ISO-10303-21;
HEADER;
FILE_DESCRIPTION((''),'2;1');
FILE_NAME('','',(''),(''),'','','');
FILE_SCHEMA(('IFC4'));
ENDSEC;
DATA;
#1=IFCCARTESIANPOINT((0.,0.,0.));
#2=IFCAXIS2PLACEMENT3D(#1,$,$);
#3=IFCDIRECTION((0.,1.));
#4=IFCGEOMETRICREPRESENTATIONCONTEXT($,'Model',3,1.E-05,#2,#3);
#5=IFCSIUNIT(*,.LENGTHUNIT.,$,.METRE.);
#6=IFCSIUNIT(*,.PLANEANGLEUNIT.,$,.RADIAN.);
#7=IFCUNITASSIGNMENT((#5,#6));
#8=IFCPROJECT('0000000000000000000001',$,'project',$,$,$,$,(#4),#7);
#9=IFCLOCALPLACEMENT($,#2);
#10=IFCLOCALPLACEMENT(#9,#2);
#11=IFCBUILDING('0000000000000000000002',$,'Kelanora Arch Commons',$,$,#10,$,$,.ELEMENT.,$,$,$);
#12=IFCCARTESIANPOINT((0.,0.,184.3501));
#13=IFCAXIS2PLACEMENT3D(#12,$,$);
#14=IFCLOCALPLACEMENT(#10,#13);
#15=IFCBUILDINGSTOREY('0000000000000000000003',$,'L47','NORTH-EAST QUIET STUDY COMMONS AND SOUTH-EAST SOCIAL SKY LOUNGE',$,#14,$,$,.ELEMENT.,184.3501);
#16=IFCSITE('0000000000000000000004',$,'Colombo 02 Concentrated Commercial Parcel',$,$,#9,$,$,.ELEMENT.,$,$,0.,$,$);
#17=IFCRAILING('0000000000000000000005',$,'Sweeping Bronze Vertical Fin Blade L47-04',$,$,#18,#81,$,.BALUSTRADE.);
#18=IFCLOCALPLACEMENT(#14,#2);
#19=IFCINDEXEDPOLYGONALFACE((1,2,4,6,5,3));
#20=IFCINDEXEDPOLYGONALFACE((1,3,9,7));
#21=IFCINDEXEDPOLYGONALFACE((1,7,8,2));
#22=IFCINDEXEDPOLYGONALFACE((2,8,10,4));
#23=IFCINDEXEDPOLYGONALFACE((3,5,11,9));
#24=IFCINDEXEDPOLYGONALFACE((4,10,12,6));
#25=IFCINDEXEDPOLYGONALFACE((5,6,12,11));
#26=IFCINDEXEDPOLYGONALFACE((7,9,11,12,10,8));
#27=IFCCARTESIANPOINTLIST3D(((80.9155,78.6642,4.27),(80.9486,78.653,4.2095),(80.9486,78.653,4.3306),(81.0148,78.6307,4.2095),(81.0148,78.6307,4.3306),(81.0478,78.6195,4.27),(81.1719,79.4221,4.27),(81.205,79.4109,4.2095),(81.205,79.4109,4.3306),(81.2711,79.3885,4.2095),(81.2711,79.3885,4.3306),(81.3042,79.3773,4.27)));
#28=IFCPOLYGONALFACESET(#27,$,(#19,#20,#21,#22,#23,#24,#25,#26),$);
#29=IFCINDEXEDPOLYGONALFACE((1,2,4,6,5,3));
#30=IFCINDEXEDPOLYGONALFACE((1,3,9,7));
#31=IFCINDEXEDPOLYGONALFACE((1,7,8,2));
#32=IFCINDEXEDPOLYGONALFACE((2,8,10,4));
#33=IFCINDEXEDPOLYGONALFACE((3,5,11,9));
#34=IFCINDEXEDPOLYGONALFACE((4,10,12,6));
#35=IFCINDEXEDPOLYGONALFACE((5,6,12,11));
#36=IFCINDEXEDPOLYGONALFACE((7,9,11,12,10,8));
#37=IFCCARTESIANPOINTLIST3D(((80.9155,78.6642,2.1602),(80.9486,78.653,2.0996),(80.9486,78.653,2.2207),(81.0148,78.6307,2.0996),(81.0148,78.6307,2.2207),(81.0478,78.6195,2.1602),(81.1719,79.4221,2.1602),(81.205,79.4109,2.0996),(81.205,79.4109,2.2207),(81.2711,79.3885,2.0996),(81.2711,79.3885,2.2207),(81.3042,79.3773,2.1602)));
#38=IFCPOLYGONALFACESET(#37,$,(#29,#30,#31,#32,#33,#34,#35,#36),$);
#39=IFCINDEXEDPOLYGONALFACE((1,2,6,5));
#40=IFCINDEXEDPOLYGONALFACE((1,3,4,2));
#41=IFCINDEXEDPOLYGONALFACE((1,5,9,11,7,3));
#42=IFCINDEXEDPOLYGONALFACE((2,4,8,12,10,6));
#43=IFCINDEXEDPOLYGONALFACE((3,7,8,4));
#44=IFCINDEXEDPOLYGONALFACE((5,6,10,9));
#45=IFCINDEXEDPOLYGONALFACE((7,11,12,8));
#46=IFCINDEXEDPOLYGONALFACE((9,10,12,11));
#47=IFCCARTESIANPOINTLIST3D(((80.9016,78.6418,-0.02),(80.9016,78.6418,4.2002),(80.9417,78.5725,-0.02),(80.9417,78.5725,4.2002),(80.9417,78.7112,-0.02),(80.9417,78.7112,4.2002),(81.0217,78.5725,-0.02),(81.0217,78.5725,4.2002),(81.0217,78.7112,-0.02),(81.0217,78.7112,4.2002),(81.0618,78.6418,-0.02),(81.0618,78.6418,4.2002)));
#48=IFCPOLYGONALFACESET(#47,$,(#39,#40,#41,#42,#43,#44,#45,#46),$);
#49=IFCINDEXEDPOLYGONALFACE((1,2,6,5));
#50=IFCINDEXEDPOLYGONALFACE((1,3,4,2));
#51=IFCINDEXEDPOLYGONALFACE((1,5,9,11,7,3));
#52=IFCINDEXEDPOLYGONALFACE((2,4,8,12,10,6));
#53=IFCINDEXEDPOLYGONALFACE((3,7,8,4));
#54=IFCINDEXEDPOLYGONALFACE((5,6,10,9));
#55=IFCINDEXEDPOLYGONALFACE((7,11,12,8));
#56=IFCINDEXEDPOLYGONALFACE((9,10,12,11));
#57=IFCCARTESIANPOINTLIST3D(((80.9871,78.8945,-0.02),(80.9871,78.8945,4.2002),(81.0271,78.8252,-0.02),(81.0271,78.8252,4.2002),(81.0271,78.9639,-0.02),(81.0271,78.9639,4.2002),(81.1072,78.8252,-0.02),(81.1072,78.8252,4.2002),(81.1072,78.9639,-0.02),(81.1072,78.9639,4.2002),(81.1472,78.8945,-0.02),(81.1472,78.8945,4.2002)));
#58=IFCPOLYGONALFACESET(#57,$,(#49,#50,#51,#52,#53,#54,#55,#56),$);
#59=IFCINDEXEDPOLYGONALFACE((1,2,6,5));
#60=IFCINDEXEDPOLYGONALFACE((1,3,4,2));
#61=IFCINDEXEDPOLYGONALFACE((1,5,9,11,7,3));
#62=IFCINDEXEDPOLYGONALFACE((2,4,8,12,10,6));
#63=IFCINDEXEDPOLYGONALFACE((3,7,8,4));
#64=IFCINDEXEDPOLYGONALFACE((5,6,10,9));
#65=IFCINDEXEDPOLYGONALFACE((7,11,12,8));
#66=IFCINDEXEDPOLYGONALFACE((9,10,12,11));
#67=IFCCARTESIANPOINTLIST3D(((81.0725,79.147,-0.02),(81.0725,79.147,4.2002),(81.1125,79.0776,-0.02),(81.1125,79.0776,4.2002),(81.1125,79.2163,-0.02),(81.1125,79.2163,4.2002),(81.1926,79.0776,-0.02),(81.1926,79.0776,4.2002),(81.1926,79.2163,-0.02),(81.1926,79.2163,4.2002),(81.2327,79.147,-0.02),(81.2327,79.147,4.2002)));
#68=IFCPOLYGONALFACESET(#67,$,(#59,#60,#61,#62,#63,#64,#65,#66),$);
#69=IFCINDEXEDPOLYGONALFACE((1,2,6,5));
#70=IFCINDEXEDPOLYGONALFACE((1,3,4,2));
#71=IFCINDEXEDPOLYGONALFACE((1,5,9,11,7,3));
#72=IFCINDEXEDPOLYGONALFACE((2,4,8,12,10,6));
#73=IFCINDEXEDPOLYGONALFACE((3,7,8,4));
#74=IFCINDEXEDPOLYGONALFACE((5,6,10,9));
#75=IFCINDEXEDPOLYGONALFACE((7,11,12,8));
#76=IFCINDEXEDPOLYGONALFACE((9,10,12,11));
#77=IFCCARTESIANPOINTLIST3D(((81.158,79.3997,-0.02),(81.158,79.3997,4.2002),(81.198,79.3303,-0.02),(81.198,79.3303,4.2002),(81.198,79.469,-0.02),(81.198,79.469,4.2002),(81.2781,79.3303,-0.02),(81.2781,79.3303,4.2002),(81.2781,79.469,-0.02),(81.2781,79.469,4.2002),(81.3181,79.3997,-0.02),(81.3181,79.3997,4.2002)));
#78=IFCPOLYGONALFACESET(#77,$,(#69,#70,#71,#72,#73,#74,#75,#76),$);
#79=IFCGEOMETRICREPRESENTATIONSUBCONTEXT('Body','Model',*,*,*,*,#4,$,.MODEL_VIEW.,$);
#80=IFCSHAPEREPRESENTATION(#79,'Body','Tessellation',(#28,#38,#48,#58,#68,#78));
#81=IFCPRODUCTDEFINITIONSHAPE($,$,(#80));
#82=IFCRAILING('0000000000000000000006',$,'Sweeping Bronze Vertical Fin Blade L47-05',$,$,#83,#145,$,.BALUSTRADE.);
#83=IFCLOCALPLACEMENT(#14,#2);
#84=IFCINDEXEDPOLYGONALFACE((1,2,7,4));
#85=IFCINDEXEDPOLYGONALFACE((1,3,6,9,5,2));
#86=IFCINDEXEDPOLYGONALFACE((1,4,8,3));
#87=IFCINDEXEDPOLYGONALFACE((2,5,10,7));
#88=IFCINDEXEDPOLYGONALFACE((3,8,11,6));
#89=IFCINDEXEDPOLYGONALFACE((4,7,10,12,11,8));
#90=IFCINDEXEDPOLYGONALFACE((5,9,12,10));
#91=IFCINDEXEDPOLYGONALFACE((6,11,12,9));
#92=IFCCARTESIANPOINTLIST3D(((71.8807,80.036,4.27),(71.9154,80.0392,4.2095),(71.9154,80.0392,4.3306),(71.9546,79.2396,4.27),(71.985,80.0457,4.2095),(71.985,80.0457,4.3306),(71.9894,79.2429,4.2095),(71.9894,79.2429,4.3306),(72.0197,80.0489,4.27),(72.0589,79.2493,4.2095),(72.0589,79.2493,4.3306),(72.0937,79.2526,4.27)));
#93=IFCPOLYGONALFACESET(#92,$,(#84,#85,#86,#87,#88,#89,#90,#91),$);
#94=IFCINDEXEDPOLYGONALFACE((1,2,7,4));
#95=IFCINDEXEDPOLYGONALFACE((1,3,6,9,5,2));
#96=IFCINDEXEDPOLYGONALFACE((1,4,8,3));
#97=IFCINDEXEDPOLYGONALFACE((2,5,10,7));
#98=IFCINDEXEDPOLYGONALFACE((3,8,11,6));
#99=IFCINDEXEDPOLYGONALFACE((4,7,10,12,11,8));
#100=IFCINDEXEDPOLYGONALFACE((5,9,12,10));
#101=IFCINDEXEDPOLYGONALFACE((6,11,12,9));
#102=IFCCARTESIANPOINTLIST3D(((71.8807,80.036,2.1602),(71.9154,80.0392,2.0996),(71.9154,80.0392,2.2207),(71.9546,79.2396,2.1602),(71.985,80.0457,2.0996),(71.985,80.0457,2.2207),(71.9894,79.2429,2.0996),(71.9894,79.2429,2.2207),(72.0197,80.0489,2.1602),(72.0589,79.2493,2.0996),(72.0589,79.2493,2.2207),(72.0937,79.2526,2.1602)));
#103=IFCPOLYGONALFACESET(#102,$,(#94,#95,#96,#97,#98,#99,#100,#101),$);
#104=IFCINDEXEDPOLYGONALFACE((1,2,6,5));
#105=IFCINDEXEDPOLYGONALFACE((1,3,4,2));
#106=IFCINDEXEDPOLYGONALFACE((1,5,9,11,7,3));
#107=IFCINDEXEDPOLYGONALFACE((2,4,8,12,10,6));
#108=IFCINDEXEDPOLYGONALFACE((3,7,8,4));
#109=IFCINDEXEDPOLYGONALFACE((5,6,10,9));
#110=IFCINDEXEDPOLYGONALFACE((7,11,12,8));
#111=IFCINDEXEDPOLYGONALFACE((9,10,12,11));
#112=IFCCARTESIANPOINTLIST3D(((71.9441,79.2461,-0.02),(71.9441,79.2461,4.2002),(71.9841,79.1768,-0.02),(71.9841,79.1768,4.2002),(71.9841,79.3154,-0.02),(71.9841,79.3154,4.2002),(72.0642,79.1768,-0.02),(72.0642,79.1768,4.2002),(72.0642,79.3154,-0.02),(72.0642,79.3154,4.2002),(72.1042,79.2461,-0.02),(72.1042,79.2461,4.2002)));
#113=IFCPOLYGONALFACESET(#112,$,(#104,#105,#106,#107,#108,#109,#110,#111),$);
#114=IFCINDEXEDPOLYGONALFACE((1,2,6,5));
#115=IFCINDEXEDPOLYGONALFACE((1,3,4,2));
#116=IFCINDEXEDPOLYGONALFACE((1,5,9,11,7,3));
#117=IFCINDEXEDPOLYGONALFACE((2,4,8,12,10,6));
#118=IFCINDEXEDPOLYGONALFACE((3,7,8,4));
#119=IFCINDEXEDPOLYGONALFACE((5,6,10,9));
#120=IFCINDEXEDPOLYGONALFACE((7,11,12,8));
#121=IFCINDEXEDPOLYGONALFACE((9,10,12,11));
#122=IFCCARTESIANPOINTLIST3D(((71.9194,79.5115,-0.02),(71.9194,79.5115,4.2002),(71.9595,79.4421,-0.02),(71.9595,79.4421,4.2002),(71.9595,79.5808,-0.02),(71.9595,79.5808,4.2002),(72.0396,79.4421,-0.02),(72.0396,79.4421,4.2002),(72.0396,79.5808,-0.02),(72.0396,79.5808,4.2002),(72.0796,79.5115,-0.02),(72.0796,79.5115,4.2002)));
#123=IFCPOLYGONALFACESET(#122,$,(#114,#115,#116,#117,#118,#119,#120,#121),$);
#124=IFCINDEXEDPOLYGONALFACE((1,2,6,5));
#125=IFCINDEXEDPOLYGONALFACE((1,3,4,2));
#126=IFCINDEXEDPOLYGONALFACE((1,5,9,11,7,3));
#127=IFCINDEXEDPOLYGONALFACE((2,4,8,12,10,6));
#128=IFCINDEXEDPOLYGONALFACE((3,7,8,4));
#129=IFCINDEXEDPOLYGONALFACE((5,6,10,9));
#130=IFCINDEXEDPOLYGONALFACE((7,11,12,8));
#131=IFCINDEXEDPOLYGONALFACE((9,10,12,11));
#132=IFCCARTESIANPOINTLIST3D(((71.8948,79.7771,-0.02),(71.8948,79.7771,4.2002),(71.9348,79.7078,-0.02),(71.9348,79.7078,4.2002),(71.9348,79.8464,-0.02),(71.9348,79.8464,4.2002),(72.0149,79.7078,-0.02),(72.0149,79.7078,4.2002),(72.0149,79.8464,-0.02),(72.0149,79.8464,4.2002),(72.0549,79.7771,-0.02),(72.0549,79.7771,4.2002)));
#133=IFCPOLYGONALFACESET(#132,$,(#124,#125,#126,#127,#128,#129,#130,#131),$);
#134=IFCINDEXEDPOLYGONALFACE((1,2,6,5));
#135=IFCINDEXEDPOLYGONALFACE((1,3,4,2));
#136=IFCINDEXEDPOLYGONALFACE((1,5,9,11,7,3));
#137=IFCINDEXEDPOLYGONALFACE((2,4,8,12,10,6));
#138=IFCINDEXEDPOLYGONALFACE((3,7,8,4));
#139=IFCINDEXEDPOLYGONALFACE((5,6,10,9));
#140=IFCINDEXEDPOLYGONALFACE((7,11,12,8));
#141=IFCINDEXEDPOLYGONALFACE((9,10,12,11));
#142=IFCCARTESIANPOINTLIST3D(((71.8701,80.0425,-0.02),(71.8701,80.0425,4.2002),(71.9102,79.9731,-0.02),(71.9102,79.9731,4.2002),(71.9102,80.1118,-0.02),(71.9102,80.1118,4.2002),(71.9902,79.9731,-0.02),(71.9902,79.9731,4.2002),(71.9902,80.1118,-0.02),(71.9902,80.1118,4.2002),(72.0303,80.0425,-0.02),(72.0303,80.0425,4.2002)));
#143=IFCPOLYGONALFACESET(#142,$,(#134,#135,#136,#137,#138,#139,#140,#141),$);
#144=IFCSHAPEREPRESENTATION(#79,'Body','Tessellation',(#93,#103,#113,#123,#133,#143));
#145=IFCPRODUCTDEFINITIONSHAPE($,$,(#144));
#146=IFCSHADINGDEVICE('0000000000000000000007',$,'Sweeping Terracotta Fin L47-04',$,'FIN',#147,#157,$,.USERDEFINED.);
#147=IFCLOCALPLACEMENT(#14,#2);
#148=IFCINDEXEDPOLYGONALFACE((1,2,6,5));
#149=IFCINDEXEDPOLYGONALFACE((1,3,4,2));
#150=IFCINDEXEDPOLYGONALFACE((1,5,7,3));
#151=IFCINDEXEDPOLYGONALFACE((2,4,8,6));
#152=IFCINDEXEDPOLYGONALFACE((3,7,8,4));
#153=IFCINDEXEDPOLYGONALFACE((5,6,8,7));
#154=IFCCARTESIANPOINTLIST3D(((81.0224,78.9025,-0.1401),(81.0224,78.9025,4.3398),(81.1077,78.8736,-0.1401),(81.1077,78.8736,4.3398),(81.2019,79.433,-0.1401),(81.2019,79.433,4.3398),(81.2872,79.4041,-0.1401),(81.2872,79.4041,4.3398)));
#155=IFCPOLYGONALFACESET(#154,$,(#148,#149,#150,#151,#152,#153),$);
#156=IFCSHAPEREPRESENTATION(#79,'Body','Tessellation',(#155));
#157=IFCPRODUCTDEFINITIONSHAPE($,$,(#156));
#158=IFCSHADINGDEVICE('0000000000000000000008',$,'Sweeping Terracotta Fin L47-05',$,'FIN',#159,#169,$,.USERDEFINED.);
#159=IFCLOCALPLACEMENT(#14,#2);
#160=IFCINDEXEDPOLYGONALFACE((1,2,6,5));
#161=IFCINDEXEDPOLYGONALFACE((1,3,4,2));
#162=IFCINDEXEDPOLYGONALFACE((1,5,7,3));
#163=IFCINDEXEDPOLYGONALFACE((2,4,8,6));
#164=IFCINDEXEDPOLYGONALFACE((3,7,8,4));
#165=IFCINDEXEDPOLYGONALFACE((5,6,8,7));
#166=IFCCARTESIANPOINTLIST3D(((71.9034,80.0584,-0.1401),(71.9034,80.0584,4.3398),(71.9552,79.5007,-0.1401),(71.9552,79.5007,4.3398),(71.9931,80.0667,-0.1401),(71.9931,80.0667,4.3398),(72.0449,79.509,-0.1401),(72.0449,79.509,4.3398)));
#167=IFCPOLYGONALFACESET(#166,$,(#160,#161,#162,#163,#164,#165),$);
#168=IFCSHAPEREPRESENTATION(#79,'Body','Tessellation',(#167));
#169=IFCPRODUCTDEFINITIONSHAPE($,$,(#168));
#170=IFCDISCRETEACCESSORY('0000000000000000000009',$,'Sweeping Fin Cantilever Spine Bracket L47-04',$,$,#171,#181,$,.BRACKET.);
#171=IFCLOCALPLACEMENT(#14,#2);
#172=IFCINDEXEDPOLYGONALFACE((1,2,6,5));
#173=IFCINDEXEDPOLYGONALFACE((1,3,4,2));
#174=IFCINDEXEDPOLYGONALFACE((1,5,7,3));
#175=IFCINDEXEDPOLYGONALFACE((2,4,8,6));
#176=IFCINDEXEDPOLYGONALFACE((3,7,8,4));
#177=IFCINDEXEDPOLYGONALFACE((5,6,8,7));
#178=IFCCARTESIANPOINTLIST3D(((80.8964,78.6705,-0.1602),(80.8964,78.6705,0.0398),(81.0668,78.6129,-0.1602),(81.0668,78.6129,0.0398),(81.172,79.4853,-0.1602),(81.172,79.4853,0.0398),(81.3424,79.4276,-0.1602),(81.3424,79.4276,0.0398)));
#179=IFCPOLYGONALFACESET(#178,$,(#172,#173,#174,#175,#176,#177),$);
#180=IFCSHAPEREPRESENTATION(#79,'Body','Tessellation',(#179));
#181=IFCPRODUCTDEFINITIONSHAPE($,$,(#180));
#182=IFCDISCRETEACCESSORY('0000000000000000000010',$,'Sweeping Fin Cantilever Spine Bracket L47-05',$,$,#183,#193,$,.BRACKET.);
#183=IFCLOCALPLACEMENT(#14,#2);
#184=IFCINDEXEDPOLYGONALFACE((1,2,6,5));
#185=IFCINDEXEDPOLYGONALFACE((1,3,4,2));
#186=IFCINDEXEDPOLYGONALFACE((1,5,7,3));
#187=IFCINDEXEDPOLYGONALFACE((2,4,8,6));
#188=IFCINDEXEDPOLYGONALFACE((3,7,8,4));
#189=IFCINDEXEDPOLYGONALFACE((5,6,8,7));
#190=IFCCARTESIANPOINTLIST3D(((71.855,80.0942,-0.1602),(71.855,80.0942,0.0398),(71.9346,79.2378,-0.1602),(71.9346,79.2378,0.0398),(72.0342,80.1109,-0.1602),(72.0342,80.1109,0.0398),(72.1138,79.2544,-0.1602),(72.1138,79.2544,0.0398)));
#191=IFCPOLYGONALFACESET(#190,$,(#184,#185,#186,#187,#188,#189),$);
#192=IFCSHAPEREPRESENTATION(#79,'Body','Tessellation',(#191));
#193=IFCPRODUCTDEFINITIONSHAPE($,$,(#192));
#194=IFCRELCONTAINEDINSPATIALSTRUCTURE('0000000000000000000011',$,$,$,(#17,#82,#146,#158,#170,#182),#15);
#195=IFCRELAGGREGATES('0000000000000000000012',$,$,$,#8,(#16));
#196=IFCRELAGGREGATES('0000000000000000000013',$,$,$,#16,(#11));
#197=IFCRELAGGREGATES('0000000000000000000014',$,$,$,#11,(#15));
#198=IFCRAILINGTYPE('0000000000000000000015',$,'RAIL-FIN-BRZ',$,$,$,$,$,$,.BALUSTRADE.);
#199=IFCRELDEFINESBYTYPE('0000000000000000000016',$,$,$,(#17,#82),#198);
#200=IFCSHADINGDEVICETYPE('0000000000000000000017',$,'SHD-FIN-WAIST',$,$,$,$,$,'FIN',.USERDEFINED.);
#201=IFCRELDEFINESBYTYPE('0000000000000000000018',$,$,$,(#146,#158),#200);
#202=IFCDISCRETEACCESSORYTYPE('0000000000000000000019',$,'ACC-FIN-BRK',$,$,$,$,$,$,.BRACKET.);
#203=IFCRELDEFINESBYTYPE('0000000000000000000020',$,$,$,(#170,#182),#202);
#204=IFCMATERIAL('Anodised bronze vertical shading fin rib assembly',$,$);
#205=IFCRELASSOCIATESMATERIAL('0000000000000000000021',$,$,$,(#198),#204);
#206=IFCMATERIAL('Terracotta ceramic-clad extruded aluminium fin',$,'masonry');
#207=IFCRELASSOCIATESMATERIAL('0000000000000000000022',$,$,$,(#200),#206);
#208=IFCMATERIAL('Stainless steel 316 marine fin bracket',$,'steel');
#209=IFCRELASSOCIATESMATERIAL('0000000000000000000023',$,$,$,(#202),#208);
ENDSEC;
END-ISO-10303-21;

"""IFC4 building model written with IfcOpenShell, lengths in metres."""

from ifc_helpers import new_model, si_unit, direction, frame, origin, origin_2d, place, context, subcontext, project, spatial, polyline, rectangle, outline, extrude, source, transform, mapped, material, type_object, element, save


model = new_model("IFC4")

# Units and contexts
model_context = context("Model", 3, precision=1e-05, world=origin(), true_north=direction((0.0, 1.0)))
body_context = subcontext(model_context, "Body", "Model", "MODEL_VIEW")
ifc_project = project(units=[si_unit("LENGTHUNIT", "METRE"), si_unit("PLANEANGLEUNIT", "RADIAN")], contexts=[model_context])

# Site, building, storey
site_placement = place(None, origin())
site = spatial("IfcSite", under=ifc_project, at=site_placement, Name="Colombo 02 Concentrated Commercial Parcel", CompositionType="ELEMENT", RefElevation=0.0)
building_placement = place(site_placement, origin())
building = spatial("IfcBuilding", under=site, at=building_placement, Name="Kelanora Arch Commons", CompositionType="ELEMENT")
storey_placement = place(building_placement, frame((0.0, 0.0, 184.3501)))
storey = spatial("IfcBuildingStorey", under=building, at=storey_placement, Name="L47", Description="NORTH-EAST QUIET STUDY COMMONS AND SOUTH-EAST SOCIAL SKY LOUNGE", CompositionType="ELEMENT", Elevation=184.3501)

# Railings
ifc_material_1 = material(Name="Anodised bronze vertical shading fin rib assembly")
railing_type = type_object("IfcRailingType", Name="RAIL-FIN-BRZ", PredefinedType="BALUSTRADE", material=ifc_material_1)
railing_1_placement = place(storey_placement, frame((80.9817, 78.6418, -0.02)))
element("IfcRailing", 1, at=railing_1_placement, inside=storey, type_object=railing_type, Name="Sweeping Bronze Vertical Fin Blade L47-04", PredefinedType="BALUSTRADE", context=body_context, shape_type="SweptSolid", body=[
    extrude(outline(polyline([(0.0698, 0.0), (0.0349, 0.0605), (-0.0349, 0.0605), (-0.0698, 0.0), (-0.0349, -0.0605), (0.0349, -0.0605), (0.0698, 0.0)])), frame((0.0, 0.0, 4.29), z_axis=(0.320436, 0.94727, 0.0), x_axis=(-0.94727, 0.320436, 0.0)), (0.0, 0.0, 1.0), 0.8),
    extrude(outline(polyline([(0.0698, 0.0), (0.0349, 0.0605), (-0.0349, 0.0605), (-0.0698, 0.0), (-0.0349, -0.0605), (0.0349, -0.0605), (0.0698, 0.0)])), frame((0.0, 0.0, 2.1802), z_axis=(0.320436, 0.94727, 0.0), x_axis=(-0.94727, 0.320436, 0.0)), (0.0, 0.0, 1.0), 0.8),
    extrude(outline(polyline([(0.0801, 0.0), (0.04, 0.0693), (-0.04, 0.0693), (-0.0801, 0.0), (-0.04, -0.0693), (0.04, -0.0693), (0.0801, 0.0)])), origin(), (0.0, 0.0, 1.0), 4.2202),
    extrude(outline(polyline([(0.0801, 0.0), (0.04, 0.0693), (-0.04, 0.0693), (-0.0801, 0.0), (-0.04, -0.0693), (0.04, -0.0693), (0.0801, 0.0)])), frame((0.0854, 0.2527, 0.0)), (0.0, 0.0, 1.0), 4.2202),
    extrude(outline(polyline([(0.0801, 0.0), (0.04, 0.0693), (-0.04, 0.0693), (-0.0801, 0.0), (-0.04, -0.0693), (0.04, -0.0693), (0.0801, 0.0)])), frame((0.1709, 0.5051, 0.0)), (0.0, 0.0, 1.0), 4.2202),
    extrude(outline(polyline([(0.0801, 0.0), (0.04, 0.0693), (-0.04, 0.0693), (-0.0801, 0.0), (-0.04, -0.0693), (0.04, -0.0693), (0.0801, 0.0)])), frame((0.2563, 0.7578, 0.0)), (0.0, 0.0, 1.0), 4.2202),
])
railing_2_placement = place(storey_placement, frame((72.0242, 79.2461, -0.02)))
element("IfcRailing", 2, at=railing_2_placement, inside=storey, type_object=railing_type, Name="Sweeping Bronze Vertical Fin Blade L47-05", PredefinedType="BALUSTRADE", context=body_context, shape_type="SweptSolid", body=[
    extrude(outline(polyline([(0.0698, 0.0), (0.0349, 0.0605), (-0.0349, 0.0605), (-0.0698, 0.0), (-0.0349, -0.0605), (0.0349, -0.0605), (0.0698, 0.0)])), frame((0.0, 0.0, 4.29), z_axis=(-0.09249, 0.995714, 0.0), x_axis=(-0.995714, -0.09249, 0.0)), (0.0, 0.0, 1.0), 0.7998),
    extrude(outline(polyline([(0.0698, 0.0), (0.0349, 0.0605), (-0.0349, 0.0605), (-0.0698, 0.0), (-0.0349, -0.0605), (0.0349, -0.0605), (0.0698, 0.0)])), frame((0.0, 0.0, 2.1802), z_axis=(-0.09249, 0.995714, 0.0), x_axis=(-0.995714, -0.09249, 0.0)), (0.0, 0.0, 1.0), 0.7998),
    extrude(outline(polyline([(0.0801, 0.0), (0.04, 0.0693), (-0.04, 0.0693), (-0.0801, 0.0), (-0.04, -0.0693), (0.04, -0.0693), (0.0801, 0.0)])), origin(), (0.0, 0.0, 1.0), 4.2202),
    extrude(outline(polyline([(0.0801, 0.0), (0.04, 0.0693), (-0.04, 0.0693), (-0.0801, 0.0), (-0.04, -0.0693), (0.04, -0.0693), (0.0801, 0.0)])), frame((-0.0247, 0.2654, 0.0)), (0.0, 0.0, 1.0), 4.2202),
    extrude(outline(polyline([(0.0801, 0.0), (0.04, 0.0693), (-0.04, 0.0693), (-0.0801, 0.0), (-0.04, -0.0693), (0.04, -0.0693), (0.0801, 0.0)])), frame((-0.0493, 0.531, 0.0)), (0.0, 0.0, 1.0), 4.2202),
    extrude(outline(polyline([(0.0801, 0.0), (0.04, 0.0693), (-0.04, 0.0693), (-0.0801, 0.0), (-0.04, -0.0693), (0.04, -0.0693), (0.0801, 0.0)])), frame((-0.074, 0.7964, 0.0)), (0.0, 0.0, 1.0), 4.2202),
])

# Shading devices
ifc_material_2 = material(Name="Terracotta ceramic-clad extruded aluminium fin", Category="masonry")
shading_device_type = type_object("IfcShadingDeviceType", Name="SHD-FIN-WAIST", ElementType="FIN", PredefinedType="USERDEFINED", material=ifc_material_2)
shared_shape_1 = source(origin(), body_context, "Body", "SweptSolid", [
    extrude(rectangle(XDim=0.5601, YDim=0.0901, at=origin_2d()), origin(), (0.0, 0.0, 1.0), 4.48),
])
for number, where, z_axis, x_axis, name in (
    (3, (81.1548, 79.1533, -0.1401), (0.0, 0.0, 1.0), (0.320448, 0.947266, 0.0), "Sweeping Terracotta Fin L47-04"),
    (4, (71.9741, 79.7837, -0.1401), (0.0, 0.0, 1.0), (-0.092544, 0.995709, 0.0), "Sweeping Terracotta Fin L47-05"),
):
    element("IfcShadingDevice", number, at=place(storey_placement, frame(where, z_axis=z_axis, x_axis=x_axis)), inside=storey, type_object=shading_device_type, Name=name, ObjectType="FIN", PredefinedType="USERDEFINED", context=body_context, shape_type="MappedRepresentation", body=[
        mapped(shared_shape_1, transform((0.0, 0.0, 0.0), scale=1.0)),
    ])

# Discrete accessories
ifc_material_3 = material(Name="Stainless steel 316 marine fin bracket", Category="steel")
discrete_accessory_type = type_object("IfcDiscreteAccessoryType", Name="ACC-FIN-BRK", PredefinedType="BRACKET", material=ifc_material_3)
shared_shape_2 = source(origin(), body_context, "Body", "SweptSolid", [
    extrude(rectangle(XDim=0.8601, YDim=0.1799, at=origin_2d()), origin(), (0.0, 0.0, 1.0), 0.2),
])
for number, where, z_axis, x_axis, name in (
    (5, (81.1194, 79.0491, -0.1602), (0.0, 0.0, 1.0), (0.320448, 0.947266, 0.0), "Sweeping Fin Cantilever Spine Bracket L47-04"),
    (6, (71.9844, 79.6743, -0.1602), (0.0, 0.0, 1.0), (-0.092544, 0.995709, 0.0), "Sweeping Fin Cantilever Spine Bracket L47-05"),
):
    element("IfcDiscreteAccessory", number, at=place(storey_placement, frame(where, z_axis=z_axis, x_axis=x_axis)), inside=storey, type_object=discrete_accessory_type, Name=name, PredefinedType="BRACKET", context=body_context, shape_type="MappedRepresentation", body=[
        mapped(shared_shape_2, transform((0.0, 0.0, 0.0), scale=1.0)),
    ])

save(model, "model.ifc")
